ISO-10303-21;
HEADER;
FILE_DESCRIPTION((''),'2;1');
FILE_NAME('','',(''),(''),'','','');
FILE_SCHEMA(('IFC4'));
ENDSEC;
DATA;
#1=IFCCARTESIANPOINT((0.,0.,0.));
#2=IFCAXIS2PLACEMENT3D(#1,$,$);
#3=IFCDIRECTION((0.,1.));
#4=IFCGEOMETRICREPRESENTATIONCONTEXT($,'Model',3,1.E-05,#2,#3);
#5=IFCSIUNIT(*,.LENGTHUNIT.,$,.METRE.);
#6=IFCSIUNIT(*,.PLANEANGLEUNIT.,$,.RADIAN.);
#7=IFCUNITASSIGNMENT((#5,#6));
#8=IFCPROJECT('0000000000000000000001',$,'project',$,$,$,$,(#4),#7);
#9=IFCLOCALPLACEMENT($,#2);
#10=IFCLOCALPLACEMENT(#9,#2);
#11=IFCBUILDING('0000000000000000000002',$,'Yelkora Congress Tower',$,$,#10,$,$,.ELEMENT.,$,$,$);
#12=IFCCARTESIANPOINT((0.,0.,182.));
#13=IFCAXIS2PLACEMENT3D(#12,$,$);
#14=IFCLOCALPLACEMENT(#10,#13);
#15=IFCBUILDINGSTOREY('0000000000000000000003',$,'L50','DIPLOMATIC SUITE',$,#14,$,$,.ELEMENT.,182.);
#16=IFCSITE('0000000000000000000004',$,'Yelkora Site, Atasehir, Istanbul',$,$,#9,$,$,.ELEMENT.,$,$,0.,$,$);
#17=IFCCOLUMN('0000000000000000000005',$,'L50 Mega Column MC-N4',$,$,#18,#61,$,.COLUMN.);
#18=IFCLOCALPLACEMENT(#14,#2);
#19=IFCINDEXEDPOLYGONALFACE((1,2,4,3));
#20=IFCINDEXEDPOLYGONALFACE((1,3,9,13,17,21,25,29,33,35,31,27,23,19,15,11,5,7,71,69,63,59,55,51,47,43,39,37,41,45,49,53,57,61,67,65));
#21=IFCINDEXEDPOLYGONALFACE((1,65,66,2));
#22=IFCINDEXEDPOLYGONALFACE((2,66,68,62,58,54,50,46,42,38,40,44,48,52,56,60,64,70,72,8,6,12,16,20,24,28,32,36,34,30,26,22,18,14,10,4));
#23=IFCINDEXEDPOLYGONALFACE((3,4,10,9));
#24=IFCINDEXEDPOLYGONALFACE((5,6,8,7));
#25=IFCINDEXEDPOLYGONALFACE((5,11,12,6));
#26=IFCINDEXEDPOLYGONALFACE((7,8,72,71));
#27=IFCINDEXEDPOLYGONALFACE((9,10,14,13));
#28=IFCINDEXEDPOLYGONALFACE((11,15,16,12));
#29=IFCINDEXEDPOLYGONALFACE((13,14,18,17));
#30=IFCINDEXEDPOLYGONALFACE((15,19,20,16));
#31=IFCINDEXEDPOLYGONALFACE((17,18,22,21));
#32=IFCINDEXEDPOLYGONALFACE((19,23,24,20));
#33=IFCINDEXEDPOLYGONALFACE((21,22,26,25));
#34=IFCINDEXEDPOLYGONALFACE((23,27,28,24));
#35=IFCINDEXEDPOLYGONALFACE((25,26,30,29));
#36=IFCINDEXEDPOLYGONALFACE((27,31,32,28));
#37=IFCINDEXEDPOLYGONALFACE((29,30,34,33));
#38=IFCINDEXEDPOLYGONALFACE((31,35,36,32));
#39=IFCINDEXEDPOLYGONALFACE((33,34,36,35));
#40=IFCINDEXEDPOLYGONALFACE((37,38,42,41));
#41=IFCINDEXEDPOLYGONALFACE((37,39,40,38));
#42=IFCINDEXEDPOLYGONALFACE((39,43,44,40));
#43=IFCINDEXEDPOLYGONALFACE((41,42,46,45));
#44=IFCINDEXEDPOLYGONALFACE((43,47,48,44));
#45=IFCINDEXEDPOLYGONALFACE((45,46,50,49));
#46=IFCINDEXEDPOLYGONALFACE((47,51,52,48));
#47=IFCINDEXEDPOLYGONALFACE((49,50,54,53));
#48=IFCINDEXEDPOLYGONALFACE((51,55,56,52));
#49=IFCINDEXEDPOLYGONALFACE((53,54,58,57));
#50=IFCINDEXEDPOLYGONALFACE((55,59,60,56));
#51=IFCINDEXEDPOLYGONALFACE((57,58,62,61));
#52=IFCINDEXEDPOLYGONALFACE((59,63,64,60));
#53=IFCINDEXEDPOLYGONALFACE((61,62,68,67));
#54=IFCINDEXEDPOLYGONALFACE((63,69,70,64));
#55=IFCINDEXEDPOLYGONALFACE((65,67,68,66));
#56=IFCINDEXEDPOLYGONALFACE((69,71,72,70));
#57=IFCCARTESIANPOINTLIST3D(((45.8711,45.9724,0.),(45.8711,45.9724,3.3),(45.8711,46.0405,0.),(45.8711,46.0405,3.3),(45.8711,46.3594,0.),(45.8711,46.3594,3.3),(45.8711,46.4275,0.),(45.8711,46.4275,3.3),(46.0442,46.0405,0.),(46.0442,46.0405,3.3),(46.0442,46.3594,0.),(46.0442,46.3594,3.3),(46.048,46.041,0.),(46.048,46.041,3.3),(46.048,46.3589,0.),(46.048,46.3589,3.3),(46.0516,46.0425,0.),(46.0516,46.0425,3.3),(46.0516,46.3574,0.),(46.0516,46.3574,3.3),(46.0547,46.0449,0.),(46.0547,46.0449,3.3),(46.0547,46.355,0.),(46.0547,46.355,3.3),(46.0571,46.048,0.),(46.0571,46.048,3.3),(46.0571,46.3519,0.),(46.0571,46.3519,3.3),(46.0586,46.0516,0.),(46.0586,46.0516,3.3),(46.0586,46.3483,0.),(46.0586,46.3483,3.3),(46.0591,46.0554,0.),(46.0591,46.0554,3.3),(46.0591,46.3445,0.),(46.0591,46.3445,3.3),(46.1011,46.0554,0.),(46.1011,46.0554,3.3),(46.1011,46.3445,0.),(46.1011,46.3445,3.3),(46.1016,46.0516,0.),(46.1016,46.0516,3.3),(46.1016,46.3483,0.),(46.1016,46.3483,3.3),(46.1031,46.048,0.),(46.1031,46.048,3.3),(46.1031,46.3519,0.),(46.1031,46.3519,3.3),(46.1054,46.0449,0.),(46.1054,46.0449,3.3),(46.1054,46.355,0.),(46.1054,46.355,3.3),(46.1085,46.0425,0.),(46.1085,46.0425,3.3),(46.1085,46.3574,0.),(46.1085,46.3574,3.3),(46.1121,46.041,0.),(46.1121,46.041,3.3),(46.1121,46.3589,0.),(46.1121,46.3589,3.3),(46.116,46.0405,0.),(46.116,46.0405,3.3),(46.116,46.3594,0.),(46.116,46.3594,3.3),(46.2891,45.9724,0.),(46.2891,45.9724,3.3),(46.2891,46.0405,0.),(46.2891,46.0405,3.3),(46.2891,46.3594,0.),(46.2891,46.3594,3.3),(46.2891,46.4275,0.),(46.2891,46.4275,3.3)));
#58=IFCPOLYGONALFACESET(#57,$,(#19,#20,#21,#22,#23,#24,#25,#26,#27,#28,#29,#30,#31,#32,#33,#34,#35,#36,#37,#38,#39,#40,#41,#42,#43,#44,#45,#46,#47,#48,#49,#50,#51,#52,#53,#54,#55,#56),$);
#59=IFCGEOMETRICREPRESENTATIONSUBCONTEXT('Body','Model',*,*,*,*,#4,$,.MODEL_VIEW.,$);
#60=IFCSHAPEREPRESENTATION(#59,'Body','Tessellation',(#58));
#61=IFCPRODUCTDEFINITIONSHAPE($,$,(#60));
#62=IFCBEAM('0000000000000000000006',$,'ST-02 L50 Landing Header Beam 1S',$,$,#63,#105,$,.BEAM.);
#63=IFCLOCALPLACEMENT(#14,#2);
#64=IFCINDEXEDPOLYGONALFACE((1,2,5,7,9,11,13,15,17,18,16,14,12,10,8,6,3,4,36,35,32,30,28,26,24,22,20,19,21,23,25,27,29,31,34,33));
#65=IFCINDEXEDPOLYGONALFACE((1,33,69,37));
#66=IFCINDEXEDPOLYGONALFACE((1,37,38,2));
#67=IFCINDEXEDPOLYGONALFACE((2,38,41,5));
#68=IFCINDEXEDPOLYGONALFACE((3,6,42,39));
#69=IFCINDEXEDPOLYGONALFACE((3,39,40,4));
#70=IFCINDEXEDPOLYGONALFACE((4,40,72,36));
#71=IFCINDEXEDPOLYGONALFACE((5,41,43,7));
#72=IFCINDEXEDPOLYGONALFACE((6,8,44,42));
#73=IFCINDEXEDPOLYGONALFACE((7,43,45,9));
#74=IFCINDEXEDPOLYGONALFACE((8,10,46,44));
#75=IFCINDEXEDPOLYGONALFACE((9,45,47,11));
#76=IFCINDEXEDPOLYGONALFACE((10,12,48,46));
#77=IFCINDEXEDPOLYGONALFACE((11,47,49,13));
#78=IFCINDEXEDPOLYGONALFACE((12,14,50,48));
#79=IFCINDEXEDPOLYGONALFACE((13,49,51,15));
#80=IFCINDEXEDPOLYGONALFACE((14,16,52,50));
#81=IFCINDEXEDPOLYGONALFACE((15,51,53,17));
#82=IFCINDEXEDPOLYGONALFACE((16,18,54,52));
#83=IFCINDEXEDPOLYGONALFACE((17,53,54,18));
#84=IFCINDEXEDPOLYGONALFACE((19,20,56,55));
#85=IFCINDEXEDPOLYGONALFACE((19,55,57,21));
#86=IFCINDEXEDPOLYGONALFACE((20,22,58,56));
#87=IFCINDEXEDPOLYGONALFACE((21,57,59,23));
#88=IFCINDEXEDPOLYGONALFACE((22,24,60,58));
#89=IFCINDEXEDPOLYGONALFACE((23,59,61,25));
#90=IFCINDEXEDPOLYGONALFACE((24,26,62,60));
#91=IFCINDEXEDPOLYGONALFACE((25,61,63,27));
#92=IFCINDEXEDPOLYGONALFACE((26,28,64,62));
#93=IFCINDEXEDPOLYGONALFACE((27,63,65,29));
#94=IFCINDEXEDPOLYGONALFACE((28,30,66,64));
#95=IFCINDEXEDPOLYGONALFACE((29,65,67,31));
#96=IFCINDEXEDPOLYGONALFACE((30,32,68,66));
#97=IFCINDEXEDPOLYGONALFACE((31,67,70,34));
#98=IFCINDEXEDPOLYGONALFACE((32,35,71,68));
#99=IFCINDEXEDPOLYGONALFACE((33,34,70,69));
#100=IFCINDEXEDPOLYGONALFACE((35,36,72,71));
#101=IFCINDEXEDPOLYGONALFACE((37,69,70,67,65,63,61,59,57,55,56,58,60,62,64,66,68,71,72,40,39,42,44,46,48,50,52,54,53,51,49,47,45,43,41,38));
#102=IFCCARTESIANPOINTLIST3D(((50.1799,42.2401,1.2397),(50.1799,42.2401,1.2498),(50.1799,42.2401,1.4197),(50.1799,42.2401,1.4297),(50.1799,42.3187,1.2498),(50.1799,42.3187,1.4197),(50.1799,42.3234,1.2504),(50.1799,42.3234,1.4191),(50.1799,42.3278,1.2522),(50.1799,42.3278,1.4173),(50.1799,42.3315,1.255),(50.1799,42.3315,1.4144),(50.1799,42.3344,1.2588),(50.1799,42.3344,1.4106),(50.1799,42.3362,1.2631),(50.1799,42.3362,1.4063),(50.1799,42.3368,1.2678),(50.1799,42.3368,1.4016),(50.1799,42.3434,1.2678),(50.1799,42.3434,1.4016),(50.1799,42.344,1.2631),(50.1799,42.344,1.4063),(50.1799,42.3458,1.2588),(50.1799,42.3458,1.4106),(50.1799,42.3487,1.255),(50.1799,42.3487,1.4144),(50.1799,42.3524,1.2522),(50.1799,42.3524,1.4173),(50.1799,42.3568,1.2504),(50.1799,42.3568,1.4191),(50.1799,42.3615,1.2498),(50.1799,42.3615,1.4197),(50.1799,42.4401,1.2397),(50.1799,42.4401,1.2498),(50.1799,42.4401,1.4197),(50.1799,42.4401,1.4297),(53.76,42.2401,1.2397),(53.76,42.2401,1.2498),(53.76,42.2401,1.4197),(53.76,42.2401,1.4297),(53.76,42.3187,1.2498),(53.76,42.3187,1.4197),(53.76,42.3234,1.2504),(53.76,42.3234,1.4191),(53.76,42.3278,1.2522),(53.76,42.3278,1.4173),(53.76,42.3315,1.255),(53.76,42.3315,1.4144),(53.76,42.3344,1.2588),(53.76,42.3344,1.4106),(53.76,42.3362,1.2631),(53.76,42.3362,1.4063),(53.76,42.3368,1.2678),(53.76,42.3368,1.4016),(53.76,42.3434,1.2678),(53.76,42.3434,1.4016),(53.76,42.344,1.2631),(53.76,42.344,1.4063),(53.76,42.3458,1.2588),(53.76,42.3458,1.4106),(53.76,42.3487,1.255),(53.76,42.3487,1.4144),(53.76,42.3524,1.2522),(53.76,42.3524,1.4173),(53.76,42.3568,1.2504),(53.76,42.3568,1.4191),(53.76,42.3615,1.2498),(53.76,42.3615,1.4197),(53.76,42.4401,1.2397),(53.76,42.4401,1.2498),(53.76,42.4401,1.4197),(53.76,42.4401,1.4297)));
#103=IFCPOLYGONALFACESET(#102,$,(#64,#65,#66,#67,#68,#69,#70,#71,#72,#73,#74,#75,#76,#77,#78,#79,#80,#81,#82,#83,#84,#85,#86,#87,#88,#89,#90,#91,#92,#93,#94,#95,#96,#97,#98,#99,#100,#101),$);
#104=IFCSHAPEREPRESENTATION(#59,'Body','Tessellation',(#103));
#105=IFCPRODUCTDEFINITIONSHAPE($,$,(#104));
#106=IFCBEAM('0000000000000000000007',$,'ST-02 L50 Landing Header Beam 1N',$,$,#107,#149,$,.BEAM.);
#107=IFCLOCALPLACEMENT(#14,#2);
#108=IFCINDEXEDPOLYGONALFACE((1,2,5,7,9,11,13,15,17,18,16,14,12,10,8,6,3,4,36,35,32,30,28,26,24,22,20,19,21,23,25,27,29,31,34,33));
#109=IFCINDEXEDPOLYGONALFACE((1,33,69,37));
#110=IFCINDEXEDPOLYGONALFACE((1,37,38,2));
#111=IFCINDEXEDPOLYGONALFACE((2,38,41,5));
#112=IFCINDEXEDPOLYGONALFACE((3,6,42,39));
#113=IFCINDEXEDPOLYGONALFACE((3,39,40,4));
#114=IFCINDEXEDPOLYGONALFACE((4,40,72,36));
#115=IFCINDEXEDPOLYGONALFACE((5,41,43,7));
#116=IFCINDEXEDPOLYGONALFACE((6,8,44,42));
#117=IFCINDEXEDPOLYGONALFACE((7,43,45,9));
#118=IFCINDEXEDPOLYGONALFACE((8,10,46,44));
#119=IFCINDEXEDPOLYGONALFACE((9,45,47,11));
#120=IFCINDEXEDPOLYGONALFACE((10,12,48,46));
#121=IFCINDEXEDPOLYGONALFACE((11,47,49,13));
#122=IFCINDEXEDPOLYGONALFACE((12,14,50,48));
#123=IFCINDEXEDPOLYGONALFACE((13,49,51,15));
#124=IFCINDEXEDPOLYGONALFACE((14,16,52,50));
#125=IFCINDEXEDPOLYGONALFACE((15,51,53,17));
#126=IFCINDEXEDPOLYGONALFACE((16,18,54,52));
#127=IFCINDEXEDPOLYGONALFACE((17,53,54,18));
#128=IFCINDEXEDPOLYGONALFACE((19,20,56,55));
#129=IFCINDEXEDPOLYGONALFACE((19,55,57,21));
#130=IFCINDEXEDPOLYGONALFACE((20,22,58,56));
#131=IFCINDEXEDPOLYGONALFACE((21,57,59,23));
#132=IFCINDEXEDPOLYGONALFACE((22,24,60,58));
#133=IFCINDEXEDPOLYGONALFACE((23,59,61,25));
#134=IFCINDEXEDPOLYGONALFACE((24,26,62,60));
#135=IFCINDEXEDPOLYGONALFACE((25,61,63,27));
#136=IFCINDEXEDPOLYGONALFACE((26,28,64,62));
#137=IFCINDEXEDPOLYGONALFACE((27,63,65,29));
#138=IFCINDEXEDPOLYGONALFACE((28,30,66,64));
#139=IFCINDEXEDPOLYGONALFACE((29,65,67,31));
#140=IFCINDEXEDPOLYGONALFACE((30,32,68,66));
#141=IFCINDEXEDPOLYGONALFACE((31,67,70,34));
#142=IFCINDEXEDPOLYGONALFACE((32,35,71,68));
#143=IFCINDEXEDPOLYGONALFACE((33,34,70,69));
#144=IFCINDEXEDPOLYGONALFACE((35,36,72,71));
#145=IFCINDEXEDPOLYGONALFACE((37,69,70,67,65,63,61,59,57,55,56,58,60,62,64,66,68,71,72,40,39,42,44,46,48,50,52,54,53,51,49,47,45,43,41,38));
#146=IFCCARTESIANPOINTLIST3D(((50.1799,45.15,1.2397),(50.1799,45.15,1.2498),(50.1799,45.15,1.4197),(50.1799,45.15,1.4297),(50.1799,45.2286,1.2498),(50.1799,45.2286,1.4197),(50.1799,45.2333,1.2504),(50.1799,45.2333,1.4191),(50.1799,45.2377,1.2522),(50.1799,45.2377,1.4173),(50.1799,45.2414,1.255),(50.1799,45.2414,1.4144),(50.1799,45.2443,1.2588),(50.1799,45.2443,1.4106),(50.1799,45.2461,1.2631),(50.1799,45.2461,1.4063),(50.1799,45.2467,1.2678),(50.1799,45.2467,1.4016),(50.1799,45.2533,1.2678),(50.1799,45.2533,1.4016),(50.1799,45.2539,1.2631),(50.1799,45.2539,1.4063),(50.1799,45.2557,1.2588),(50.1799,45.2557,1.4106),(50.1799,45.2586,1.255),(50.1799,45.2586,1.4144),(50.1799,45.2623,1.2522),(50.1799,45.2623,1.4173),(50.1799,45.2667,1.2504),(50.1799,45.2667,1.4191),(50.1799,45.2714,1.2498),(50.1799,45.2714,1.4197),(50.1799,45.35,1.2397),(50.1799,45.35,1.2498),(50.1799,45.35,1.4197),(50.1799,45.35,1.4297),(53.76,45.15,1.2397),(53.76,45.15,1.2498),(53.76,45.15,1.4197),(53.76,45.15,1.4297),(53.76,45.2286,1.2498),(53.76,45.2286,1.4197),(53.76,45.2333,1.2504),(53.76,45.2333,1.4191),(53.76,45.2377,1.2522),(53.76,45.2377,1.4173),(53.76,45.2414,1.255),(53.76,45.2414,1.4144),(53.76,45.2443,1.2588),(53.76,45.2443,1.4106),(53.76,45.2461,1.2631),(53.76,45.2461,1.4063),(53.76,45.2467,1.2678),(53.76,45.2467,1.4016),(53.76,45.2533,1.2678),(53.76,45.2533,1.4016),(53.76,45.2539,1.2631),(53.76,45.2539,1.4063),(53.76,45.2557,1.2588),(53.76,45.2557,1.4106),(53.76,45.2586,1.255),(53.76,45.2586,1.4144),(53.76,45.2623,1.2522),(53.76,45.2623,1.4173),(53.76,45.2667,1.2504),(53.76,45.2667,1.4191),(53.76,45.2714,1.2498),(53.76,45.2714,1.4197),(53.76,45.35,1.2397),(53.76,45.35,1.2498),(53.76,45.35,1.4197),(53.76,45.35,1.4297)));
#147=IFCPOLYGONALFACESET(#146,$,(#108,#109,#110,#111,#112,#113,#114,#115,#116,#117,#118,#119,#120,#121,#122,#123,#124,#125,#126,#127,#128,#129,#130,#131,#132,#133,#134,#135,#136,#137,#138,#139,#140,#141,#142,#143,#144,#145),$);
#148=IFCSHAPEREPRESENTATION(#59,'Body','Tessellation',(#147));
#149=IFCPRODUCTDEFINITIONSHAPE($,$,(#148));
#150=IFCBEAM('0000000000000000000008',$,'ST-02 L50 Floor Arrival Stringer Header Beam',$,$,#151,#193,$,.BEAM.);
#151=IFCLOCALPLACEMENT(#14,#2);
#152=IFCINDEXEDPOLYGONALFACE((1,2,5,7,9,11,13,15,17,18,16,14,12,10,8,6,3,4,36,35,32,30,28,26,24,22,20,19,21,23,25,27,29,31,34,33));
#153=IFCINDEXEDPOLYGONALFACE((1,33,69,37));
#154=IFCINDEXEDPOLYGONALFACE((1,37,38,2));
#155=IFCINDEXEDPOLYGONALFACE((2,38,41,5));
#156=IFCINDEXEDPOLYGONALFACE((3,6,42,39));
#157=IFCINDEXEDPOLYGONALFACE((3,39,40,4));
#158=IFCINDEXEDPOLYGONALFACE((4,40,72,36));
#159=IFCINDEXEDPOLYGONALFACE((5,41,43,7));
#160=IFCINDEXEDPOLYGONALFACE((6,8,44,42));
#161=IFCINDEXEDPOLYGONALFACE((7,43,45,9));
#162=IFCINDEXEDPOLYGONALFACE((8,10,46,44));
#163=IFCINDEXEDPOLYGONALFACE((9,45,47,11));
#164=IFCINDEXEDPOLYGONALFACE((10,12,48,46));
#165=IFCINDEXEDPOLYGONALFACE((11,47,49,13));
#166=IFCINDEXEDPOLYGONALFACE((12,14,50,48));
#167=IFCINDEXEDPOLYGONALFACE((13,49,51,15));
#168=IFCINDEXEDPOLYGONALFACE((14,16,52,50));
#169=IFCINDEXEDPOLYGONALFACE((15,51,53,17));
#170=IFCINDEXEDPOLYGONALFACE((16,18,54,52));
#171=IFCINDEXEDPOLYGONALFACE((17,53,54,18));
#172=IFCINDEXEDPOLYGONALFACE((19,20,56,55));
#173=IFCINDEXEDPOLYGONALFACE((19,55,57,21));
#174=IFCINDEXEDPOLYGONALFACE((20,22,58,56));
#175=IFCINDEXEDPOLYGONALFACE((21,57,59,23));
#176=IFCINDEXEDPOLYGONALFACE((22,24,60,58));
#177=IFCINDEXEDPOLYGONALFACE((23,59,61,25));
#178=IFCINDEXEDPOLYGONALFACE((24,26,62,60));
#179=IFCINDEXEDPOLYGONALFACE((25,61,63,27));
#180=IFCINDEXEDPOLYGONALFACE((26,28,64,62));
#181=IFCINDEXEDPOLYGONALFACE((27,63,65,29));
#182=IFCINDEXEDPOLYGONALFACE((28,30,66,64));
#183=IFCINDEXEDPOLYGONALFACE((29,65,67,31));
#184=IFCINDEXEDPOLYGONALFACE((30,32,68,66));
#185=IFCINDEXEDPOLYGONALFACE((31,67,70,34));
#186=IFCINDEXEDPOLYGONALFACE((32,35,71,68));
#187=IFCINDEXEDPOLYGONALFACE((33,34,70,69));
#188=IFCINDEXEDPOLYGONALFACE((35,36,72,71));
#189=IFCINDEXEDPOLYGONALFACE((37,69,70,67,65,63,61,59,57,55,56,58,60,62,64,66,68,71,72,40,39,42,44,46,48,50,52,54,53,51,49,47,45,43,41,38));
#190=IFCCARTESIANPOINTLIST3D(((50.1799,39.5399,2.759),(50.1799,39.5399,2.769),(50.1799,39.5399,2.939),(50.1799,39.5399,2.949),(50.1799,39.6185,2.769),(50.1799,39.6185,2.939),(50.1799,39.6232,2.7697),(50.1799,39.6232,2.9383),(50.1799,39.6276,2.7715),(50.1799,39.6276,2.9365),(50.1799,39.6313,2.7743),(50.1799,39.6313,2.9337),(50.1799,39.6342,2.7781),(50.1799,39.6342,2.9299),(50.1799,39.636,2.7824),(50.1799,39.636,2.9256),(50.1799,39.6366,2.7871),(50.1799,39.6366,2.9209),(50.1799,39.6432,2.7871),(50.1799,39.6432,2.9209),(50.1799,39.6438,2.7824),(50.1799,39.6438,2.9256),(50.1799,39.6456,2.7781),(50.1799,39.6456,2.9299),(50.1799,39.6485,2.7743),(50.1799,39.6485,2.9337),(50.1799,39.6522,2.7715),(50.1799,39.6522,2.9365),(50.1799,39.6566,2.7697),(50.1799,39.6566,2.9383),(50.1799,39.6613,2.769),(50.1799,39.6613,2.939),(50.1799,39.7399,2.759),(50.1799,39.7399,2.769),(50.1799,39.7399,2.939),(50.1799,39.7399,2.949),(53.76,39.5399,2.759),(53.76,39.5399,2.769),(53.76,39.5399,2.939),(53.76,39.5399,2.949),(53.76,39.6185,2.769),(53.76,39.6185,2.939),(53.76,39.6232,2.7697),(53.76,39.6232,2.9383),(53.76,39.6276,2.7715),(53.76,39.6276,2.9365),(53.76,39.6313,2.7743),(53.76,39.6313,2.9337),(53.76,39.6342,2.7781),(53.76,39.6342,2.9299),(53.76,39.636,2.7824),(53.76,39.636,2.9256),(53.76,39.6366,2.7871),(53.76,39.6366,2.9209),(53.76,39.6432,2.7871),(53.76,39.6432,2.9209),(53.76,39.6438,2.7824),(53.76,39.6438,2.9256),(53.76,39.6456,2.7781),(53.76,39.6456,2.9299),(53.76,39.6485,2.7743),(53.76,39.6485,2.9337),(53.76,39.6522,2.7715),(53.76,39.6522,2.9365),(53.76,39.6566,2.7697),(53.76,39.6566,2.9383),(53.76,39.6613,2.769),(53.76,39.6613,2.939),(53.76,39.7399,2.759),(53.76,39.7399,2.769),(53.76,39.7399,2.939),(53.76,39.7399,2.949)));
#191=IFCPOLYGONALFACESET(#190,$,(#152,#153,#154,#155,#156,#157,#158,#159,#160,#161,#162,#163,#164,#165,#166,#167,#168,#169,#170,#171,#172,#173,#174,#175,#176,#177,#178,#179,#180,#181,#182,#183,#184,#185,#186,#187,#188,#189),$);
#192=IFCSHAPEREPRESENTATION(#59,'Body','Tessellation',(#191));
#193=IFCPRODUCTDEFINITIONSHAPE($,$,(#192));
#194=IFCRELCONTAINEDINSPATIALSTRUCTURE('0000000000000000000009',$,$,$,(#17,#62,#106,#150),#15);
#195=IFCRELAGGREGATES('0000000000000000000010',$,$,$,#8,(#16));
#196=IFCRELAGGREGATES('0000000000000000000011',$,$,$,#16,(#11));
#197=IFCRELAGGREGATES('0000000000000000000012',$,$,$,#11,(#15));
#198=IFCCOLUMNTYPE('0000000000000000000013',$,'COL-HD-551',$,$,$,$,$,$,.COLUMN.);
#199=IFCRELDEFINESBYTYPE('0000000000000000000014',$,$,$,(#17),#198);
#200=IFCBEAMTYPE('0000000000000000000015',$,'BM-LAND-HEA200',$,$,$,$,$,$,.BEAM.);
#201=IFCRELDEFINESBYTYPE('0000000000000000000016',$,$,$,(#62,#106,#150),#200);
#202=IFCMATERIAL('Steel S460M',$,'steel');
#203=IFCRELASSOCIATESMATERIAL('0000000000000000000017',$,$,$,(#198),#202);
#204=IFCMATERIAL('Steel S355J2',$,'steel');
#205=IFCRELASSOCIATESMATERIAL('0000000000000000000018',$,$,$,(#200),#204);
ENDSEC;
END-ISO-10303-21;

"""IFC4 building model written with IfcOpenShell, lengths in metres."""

from ifc_helpers import new_model, si_unit, direction, frame, origin, origin_2d, place, context, subcontext, project, spatial, i_section, extrude, material, material_profile, profile_set, type_object, element, save


model = new_model("IFC4")

# Units and contexts
model_context = context("Model", 3, precision=1e-05, world=origin(), true_north=direction((0.0, 1.0)))
body_context = subcontext(model_context, "Body", "Model", "MODEL_VIEW")
ifc_project = project(units=[si_unit("LENGTHUNIT", "METRE"), si_unit("PLANEANGLEUNIT", "RADIAN")], contexts=[model_context])

# Site, building, storey
site_placement = place(None, origin())
site = spatial("IfcSite", under=ifc_project, at=site_placement, Name="Yelkora Site, Atasehir, Istanbul", CompositionType="ELEMENT", RefElevation=0.0)
building_placement = place(site_placement, origin())
building = spatial("IfcBuilding", under=site, at=building_placement, Name="Yelkora Congress Tower", CompositionType="ELEMENT")
storey_placement = place(building_placement, frame((0.0, 0.0, 182.0)))
storey = spatial("IfcBuildingStorey", under=building, at=storey_placement, Name="L50", Description="DIPLOMATIC SUITE", CompositionType="ELEMENT", Elevation=182.0)

# Column
ifc_material_1 = material(Name="Steel S460M", Category="steel")
ifc_material_profile_1 = material_profile(ifc_material_1, i_section(OverallWidth=0.418, OverallDepth=0.4551, WebThickness=0.042, FlangeThickness=0.0681, FilletRadius=0.0149, at=origin_2d()), Name="HD 400x551")
ifc_profile_set_1 = profile_set([ifc_material_profile_1], Name="Steel S460M")
column_type = type_object("IfcColumnType", Name="COL-HD-551", PredefinedType="COLUMN", material=ifc_profile_set_1)
column_placement = place(storey_placement, frame((46.0801, 46.2, 0.0), z_axis=(0.0, 0.0, 1.0), x_axis=(1.0, 0.0, 0.0)))
element("IfcColumn", 1, at=column_placement, inside=storey, type_object=column_type, Name="L50 Mega Column MC-N4", PredefinedType="COLUMN", context=body_context, shape_type="SweptSolid", body=[
    extrude(i_section(OverallWidth=0.418, OverallDepth=0.4551, WebThickness=0.042, FlangeThickness=0.0681, FilletRadius=0.0149, at=origin_2d()), origin(), (0.0, 0.0, 1.0), 3.3),
])

# Beams
ifc_material_2 = material(Name="Steel S355J2", Category="steel")
ifc_material_profile_2 = material_profile(ifc_material_2, i_section(OverallWidth=0.2, OverallDepth=0.1899, WebThickness=0.0066, FlangeThickness=0.01, FilletRadius=0.0181, at=origin_2d()), Name="HEA 200")
ifc_profile_set_2 = profile_set([ifc_material_profile_2], Name="Steel S355J2")
beam_type = type_object("IfcBeamType", Name="BM-LAND-HEA200", PredefinedType="BEAM", material=ifc_profile_set_2)
for number, where, z_axis, x_axis, name in (
    (2, (50.1799, 42.3401, 1.3347), (1.0, 0.0, 0.0), (0.0, 1.0, 0.0), "ST-02 L50 Landing Header Beam 1S"),
    (3, (50.1799, 45.25, 1.3347), (1.0, 0.0, 0.0), (0.0, 1.0, 0.0), "ST-02 L50 Landing Header Beam 1N"),
    (4, (50.1799, 39.6399, 2.854), (1.0, 0.0, 0.0), (0.0, 1.0, 0.0), "ST-02 L50 Floor Arrival Stringer Header Beam"),
):
    element("IfcBeam", number, at=place(storey_placement, frame(where, z_axis=z_axis, x_axis=x_axis)), inside=storey, type_object=beam_type, Name=name, PredefinedType="BEAM", context=body_context, shape_type="SweptSolid", body=[
        extrude(i_section(OverallWidth=0.2, OverallDepth=0.1899, WebThickness=0.0066, FlangeThickness=0.01, FilletRadius=0.0181, at=origin_2d()), origin(), (0.0, 0.0, 1.0), 3.5801),
    ])

save(model, "model.ifc")
